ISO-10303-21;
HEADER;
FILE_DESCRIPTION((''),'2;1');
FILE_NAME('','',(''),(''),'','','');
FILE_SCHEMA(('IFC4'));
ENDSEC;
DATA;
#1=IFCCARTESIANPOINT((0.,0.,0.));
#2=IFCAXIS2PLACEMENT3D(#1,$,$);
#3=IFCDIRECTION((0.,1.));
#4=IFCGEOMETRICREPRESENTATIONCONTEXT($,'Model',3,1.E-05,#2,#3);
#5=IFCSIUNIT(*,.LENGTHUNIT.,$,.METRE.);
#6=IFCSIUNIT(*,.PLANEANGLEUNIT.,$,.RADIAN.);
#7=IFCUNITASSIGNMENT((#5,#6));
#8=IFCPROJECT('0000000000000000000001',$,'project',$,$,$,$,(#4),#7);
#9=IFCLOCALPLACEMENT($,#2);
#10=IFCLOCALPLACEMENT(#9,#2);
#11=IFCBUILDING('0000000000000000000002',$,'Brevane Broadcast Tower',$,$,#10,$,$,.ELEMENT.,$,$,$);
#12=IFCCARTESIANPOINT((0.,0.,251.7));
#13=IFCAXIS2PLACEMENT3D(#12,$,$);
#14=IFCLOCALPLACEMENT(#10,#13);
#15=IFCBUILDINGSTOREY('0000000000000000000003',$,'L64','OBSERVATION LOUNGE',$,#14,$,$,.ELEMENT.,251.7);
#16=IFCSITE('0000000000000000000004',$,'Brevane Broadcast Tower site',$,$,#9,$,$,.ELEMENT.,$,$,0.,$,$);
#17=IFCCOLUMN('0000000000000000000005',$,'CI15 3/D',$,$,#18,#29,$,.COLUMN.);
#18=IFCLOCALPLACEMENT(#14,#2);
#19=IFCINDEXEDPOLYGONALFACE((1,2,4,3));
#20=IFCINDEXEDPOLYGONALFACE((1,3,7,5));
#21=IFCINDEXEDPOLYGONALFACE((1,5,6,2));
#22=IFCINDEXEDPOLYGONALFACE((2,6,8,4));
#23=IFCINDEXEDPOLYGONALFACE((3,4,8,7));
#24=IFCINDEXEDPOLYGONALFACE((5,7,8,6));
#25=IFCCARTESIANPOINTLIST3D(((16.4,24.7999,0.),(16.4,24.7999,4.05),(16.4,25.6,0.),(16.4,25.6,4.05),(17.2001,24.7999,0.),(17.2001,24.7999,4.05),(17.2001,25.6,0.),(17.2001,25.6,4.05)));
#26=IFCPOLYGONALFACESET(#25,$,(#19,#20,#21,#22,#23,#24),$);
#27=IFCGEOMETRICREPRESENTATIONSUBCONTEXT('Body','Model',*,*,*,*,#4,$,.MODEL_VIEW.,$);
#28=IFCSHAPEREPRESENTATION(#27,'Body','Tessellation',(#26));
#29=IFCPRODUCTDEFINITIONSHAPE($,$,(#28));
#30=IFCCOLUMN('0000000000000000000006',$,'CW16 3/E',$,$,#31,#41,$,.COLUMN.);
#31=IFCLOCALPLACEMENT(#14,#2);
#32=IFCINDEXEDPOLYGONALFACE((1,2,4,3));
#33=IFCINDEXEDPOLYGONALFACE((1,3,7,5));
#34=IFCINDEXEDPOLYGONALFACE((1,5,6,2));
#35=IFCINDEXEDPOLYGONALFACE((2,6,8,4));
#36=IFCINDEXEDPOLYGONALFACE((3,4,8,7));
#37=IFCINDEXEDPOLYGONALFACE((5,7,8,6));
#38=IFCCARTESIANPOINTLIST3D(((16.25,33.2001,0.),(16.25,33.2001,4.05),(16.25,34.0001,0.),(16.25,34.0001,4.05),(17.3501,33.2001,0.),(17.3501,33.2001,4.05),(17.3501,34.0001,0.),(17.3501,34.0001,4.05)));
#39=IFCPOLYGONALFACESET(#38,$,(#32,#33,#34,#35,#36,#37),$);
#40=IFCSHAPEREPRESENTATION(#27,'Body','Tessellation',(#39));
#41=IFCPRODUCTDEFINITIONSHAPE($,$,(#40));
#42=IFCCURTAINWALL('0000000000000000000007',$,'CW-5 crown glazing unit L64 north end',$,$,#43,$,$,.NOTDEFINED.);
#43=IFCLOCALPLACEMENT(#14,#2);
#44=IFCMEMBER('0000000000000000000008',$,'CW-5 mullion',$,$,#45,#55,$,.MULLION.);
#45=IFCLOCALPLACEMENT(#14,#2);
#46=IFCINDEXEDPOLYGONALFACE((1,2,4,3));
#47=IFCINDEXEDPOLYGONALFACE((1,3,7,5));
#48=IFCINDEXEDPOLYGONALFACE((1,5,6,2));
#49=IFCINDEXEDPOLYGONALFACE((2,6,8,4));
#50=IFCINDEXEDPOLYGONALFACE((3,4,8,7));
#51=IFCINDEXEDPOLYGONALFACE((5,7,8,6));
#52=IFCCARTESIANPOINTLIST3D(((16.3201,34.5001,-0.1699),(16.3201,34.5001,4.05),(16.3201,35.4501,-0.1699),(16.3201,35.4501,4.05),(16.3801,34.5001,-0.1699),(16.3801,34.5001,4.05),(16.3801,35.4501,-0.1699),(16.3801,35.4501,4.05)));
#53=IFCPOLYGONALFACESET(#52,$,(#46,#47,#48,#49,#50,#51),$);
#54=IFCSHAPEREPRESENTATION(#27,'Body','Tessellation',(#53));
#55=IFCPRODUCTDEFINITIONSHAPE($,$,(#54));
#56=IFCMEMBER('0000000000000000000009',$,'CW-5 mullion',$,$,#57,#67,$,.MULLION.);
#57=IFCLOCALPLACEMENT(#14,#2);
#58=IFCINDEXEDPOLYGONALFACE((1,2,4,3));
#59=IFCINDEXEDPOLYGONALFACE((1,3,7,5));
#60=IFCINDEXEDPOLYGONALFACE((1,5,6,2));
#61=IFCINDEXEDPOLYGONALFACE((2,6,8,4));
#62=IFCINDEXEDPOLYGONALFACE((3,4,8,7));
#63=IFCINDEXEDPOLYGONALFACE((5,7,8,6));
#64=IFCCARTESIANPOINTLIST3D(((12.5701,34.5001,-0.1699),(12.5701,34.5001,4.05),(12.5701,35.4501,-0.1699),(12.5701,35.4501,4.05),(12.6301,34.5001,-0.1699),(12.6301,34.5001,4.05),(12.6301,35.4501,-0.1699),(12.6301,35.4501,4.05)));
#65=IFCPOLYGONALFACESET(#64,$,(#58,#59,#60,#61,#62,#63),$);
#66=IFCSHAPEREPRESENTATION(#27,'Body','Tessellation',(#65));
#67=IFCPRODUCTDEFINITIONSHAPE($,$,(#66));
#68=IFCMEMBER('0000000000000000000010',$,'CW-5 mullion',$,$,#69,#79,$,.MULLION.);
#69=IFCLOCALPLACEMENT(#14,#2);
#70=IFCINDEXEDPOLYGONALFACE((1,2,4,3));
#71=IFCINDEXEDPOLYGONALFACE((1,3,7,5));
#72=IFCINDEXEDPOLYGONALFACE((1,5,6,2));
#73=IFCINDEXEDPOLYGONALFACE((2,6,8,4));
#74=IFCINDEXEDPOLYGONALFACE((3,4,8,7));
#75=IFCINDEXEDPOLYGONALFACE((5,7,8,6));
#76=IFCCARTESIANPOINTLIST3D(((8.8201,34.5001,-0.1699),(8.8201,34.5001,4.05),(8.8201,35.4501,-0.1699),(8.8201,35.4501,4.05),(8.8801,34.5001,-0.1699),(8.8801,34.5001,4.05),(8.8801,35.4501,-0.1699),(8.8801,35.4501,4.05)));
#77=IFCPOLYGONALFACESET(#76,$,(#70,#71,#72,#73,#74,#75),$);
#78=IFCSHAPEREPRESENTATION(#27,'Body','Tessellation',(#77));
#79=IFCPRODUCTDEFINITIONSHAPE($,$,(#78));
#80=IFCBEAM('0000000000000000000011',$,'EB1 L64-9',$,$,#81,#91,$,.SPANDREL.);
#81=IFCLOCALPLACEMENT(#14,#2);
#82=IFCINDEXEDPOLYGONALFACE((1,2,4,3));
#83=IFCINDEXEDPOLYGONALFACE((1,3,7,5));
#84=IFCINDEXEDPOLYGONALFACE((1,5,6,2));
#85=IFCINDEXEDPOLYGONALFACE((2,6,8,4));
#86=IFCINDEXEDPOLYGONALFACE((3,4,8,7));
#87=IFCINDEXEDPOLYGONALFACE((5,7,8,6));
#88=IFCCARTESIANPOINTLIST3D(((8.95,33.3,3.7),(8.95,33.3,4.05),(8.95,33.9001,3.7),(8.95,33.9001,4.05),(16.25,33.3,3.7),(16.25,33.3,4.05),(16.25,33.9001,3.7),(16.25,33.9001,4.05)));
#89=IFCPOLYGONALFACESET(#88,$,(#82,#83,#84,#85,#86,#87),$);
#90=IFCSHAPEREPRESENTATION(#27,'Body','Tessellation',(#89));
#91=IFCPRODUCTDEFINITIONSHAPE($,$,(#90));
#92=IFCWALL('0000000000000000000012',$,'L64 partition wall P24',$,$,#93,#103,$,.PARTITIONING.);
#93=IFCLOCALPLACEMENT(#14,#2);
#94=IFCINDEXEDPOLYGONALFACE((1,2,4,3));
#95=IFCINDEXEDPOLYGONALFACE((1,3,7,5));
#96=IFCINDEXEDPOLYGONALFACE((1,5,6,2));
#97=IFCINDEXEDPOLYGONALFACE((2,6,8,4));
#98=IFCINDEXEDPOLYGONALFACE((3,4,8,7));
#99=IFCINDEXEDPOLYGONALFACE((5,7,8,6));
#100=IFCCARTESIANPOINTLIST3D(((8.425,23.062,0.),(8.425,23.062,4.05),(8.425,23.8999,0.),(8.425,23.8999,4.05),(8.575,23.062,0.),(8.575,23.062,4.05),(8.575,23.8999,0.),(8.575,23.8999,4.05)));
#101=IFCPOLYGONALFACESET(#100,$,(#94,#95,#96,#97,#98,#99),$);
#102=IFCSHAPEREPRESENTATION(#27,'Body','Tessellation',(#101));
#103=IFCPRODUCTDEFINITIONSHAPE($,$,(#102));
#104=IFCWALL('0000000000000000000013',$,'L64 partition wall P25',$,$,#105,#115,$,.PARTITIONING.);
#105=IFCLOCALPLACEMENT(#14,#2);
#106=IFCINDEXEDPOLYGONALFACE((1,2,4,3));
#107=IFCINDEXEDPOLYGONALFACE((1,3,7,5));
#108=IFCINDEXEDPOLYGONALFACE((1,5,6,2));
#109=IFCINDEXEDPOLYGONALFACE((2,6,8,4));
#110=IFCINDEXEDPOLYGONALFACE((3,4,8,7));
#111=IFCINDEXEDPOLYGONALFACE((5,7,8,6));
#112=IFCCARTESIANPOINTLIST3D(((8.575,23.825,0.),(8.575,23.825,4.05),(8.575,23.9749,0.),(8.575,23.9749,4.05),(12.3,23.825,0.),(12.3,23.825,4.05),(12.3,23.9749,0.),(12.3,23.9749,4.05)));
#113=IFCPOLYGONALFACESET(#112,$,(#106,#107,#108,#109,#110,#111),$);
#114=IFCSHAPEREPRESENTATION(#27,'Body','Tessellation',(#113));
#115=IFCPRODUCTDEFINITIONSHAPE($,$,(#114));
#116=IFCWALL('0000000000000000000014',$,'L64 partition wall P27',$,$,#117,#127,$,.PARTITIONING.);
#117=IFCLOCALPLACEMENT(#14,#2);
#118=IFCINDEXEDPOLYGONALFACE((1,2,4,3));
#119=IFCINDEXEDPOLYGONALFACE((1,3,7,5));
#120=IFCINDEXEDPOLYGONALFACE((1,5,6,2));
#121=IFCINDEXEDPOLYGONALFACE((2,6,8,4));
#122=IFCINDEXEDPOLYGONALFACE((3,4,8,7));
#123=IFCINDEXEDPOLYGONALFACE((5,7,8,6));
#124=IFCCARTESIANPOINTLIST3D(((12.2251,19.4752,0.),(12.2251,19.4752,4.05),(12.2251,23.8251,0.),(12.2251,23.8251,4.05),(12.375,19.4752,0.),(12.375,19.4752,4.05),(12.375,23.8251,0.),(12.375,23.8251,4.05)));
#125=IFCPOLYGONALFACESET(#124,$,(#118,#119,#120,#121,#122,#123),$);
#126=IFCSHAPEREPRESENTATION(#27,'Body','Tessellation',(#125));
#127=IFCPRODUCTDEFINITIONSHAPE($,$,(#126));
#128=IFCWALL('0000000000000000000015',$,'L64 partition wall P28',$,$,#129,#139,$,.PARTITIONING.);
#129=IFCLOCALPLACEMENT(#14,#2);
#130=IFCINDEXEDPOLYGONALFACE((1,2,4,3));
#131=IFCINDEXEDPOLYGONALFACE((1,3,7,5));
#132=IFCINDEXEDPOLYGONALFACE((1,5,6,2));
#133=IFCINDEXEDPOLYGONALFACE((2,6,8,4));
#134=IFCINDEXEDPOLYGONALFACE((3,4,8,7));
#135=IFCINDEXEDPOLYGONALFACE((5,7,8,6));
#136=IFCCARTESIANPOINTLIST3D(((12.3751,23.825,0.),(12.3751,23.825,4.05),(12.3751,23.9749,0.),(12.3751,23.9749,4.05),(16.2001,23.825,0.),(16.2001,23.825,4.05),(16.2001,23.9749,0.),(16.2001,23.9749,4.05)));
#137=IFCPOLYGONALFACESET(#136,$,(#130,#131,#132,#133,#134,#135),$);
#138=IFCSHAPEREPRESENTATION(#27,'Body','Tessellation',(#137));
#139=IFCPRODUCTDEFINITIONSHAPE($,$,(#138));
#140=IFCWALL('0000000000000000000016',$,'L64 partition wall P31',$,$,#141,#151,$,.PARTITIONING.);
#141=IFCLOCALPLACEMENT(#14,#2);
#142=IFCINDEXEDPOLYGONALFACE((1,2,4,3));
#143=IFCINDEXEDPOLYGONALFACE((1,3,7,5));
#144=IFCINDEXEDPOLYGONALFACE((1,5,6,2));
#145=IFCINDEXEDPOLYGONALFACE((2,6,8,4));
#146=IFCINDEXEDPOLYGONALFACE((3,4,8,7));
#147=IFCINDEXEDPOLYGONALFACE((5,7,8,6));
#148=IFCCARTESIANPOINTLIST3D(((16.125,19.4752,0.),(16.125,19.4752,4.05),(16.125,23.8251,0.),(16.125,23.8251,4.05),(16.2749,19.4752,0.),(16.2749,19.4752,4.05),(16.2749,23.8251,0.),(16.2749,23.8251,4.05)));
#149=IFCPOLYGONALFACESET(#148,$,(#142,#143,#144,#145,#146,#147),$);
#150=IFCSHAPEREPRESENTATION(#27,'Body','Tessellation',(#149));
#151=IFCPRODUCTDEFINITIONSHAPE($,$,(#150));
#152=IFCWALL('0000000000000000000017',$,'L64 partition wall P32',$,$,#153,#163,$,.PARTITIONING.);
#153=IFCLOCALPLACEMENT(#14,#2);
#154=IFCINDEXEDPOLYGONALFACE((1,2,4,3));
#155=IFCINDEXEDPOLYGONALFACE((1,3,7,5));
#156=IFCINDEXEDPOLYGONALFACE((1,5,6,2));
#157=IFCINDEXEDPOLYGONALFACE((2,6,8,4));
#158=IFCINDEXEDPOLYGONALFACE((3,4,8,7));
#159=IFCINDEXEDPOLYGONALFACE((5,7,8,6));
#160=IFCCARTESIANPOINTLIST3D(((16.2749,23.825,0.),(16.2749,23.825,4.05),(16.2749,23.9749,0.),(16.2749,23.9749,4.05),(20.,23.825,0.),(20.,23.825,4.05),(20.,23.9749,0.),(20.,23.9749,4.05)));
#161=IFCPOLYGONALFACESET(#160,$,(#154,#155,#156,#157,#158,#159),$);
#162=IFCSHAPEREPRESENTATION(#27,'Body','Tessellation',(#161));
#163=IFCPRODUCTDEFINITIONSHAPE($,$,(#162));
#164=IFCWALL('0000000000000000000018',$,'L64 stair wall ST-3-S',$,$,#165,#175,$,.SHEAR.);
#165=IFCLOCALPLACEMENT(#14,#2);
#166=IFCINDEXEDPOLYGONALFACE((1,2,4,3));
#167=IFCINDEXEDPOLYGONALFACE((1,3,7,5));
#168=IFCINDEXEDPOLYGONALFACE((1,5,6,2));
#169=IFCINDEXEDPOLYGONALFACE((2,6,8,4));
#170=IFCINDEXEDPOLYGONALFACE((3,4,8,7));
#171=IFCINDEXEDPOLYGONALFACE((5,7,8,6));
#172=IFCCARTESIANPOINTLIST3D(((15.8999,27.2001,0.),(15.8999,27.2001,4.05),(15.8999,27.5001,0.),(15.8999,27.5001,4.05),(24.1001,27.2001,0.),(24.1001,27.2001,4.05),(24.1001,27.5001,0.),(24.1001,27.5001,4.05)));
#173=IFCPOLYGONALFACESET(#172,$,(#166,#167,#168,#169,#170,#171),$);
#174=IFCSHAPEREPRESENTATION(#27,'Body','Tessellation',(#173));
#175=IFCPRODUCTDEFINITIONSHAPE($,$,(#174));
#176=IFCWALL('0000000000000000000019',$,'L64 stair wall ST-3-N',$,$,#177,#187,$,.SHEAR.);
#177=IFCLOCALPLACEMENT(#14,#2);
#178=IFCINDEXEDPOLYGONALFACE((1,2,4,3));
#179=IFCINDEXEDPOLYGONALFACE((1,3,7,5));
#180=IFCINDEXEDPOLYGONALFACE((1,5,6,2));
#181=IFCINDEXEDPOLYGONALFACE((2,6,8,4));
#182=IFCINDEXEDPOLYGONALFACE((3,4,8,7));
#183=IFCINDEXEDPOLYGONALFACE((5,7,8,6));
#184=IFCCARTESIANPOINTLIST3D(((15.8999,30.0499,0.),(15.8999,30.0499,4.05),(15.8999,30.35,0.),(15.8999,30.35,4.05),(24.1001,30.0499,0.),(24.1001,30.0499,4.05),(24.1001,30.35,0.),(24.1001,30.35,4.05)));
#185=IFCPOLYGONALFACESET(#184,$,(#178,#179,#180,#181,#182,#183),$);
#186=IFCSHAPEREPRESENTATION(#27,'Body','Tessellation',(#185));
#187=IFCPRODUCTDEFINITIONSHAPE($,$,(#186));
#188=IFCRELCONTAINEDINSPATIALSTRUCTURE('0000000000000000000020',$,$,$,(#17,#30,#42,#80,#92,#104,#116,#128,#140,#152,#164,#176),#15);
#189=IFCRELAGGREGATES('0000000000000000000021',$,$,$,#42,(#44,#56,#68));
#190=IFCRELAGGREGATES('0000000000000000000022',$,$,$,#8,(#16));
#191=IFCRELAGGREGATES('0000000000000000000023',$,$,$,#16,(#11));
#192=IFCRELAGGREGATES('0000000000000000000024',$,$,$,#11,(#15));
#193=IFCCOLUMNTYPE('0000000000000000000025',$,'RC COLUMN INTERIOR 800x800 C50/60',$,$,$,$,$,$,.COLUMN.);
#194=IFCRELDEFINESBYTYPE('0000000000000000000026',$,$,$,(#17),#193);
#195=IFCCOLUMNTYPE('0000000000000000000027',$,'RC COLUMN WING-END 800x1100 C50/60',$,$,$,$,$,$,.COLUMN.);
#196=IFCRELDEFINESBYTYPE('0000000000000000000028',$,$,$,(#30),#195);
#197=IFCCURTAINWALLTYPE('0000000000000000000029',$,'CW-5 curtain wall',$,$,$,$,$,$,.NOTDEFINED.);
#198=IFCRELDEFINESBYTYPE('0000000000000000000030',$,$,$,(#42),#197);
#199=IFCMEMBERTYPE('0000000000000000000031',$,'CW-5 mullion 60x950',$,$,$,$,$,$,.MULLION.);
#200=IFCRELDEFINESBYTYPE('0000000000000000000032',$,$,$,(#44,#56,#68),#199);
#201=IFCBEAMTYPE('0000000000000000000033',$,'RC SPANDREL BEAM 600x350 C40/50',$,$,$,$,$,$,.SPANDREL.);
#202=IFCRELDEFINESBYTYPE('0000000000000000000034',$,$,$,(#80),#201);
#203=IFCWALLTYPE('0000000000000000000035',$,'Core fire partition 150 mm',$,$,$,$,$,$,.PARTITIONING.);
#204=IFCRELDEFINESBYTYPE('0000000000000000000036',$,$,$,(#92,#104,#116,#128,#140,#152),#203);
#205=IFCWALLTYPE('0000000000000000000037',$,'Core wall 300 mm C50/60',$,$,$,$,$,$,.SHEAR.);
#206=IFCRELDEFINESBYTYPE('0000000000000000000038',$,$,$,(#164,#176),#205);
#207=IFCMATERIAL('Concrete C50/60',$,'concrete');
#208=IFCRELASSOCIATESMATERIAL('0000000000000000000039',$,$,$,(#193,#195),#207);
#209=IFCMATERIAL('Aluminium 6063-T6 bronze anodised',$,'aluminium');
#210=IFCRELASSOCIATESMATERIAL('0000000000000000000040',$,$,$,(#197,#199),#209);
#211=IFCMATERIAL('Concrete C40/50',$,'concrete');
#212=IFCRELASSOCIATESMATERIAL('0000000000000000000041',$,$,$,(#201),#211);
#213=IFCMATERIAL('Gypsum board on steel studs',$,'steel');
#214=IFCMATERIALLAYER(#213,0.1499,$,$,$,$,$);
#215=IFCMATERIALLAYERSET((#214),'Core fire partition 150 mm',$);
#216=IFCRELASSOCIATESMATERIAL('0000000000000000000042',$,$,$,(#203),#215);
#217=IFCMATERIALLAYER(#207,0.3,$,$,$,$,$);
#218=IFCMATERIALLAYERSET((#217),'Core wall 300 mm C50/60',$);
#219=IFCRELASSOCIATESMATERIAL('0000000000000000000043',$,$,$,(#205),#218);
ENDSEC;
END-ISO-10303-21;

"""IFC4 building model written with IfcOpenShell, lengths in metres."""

from ifc_helpers import new_model, si_unit, direction, frame, frame_2d, origin, origin_2d, place, context, subcontext, project, spatial, rectangle, extrude, material, layer, layer_set, material_profile, profile_set, type_object, element, aggregate, save


model = new_model("IFC4")

# Units and contexts
model_context = context("Model", 3, precision=1e-05, world=origin(), true_north=direction((0.0, 1.0)))
body_context = subcontext(model_context, "Body", "Model", "MODEL_VIEW")
ifc_project = project(units=[si_unit("LENGTHUNIT", "METRE"), si_unit("PLANEANGLEUNIT", "RADIAN")], contexts=[model_context])

# Site, building, storey
site_placement = place(None, origin())
site = spatial("IfcSite", under=ifc_project, at=site_placement, Name="Brevane Broadcast Tower site", CompositionType="ELEMENT", RefElevation=0.0)
building_placement = place(site_placement, origin())
building = spatial("IfcBuilding", under=site, at=building_placement, Name="Brevane Broadcast Tower", CompositionType="ELEMENT")
storey_placement = place(building_placement, frame((0.0, 0.0, 251.7)))
storey = spatial("IfcBuildingStorey", under=building, at=storey_placement, Name="L64", Description="OBSERVATION LOUNGE", CompositionType="ELEMENT", Elevation=251.7)

# Columns
ifc_material_1 = material(Name="Concrete C50/60", Category="concrete")
ifc_material_profile_1 = material_profile(ifc_material_1, rectangle(XDim=0.8, YDim=0.8, at=origin_2d()), Name="RC 800x800")
ifc_profile_set_1 = profile_set([ifc_material_profile_1], Name="Concrete C50/60")
column_type_1 = type_object("IfcColumnType", Name="RC COLUMN INTERIOR 800x800 C50/60", PredefinedType="COLUMN", material=ifc_profile_set_1)
column_1_placement = place(storey_placement, frame((16.8, 25.2, 0.0), z_axis=(0.0, 0.0, 1.0), x_axis=(1.0, 0.0, 0.0)))
element("IfcColumn", 1, at=column_1_placement, inside=storey, type_object=column_type_1, Name="CI15 3/D", PredefinedType="COLUMN", context=body_context, shape_type="SweptSolid", body=[
    extrude(rectangle(XDim=0.8, YDim=0.8, at=origin_2d()), origin(), (0.0, 0.0, 1.0), 4.05),
])
ifc_material_profile_2 = material_profile(ifc_material_1, rectangle(XDim=0.8, YDim=1.1001, at=origin_2d()), Name="RC 800x1100")
ifc_profile_set_2 = profile_set([ifc_material_profile_2], Name="Concrete C50/60")
column_type_2 = type_object("IfcColumnType", Name="RC COLUMN WING-END 800x1100 C50/60", PredefinedType="COLUMN", material=ifc_profile_set_2)
column_2_placement = place(storey_placement, frame((16.8, 33.6001, 0.0), z_axis=(0.0, 0.0, 1.0), x_axis=(0.0, 1.0, 0.0)))
element("IfcColumn", 2, at=column_2_placement, inside=storey, type_object=column_type_2, Name="CW16 3/E", PredefinedType="COLUMN", context=body_context, shape_type="SweptSolid", body=[
    extrude(rectangle(XDim=0.8, YDim=1.1001, at=origin_2d()), origin(), (0.0, 0.0, 1.0), 4.05),
])

# Curtain wall, members
ifc_material_2 = material(Name="Aluminium 6063-T6 bronze anodised", Category="aluminium")
curtain_wall_type = type_object("IfcCurtainWallType", Name="CW-5 curtain wall", PredefinedType="NOTDEFINED", material=ifc_material_2)
curtain_wall_placement = place(storey_placement, origin())
curtain_wall = element("IfcCurtainWall", 3, at=curtain_wall_placement, inside=storey, type_object=curtain_wall_type, Name="CW-5 crown glazing unit L64 north end", PredefinedType="NOTDEFINED")
ifc_material_profile_3 = material_profile(ifc_material_2, rectangle(XDim=0.95, YDim=0.0601, at=origin_2d()), Name="RECT 60x950")
ifc_profile_set_3 = profile_set([ifc_material_profile_3], Name="Aluminium 6063-T6 bronze anodised")
member_type = type_object("IfcMemberType", Name="CW-5 mullion 60x950", PredefinedType="MULLION", material=ifc_profile_set_3)
member_1_placement = place(storey_placement, frame((16.3501, 34.9751, -0.1699), z_axis=(0.0, 0.0, 1.0), x_axis=(0.0, -1.0, 0.0)))
member_1 = element("IfcMember", 4, at=member_1_placement, type_object=member_type, Name="CW-5 mullion", PredefinedType="MULLION", context=body_context, shape_type="SweptSolid", body=[
    extrude(rectangle(XDim=0.95, YDim=0.0601, at=origin_2d()), origin(), (0.0, 0.0, 1.0), 4.22),
])
member_2_placement = place(storey_placement, frame((12.6001, 34.9751, -0.1699), z_axis=(0.0, 0.0, 1.0), x_axis=(0.0, -1.0, 0.0)))
member_2 = element("IfcMember", 5, at=member_2_placement, type_object=member_type, Name="CW-5 mullion", PredefinedType="MULLION", context=body_context, shape_type="SweptSolid", body=[
    extrude(rectangle(XDim=0.95, YDim=0.0601, at=origin_2d()), origin(), (0.0, 0.0, 1.0), 4.22),
])
member_3_placement = place(storey_placement, frame((8.8501, 34.9751, -0.1699), z_axis=(0.0, 0.0, 1.0), x_axis=(0.0, -1.0, 0.0)))
member_3 = element("IfcMember", 6, at=member_3_placement, type_object=member_type, Name="CW-5 mullion", PredefinedType="MULLION", context=body_context, shape_type="SweptSolid", body=[
    extrude(rectangle(XDim=0.95, YDim=0.0601, at=origin_2d()), origin(), (0.0, 0.0, 1.0), 4.22),
])
aggregate(curtain_wall, [member_1, member_2, member_3])

# Beam
ifc_material_3 = material(Name="Concrete C40/50", Category="concrete")
ifc_material_profile_4 = material_profile(ifc_material_3, rectangle(XDim=0.6001, YDim=0.3501, at=origin_2d()), Name="RC 600x350")
ifc_profile_set_4 = profile_set([ifc_material_profile_4], Name="Concrete C40/50")
beam_type = type_object("IfcBeamType", Name="RC SPANDREL BEAM 600x350 C40/50", PredefinedType="SPANDREL", material=ifc_profile_set_4)
beam_placement = place(storey_placement, frame((16.25, 33.6001, 3.875), z_axis=(-1.0, 0.0, 0.0), x_axis=(0.0, -1.0, 0.0)))
element("IfcBeam", 7, at=beam_placement, inside=storey, type_object=beam_type, Name="EB1 L64-9", PredefinedType="SPANDREL", context=body_context, shape_type="SweptSolid", body=[
    extrude(rectangle(XDim=0.6001, YDim=0.3501, at=origin_2d()), origin(), (0.0, 0.0, 1.0), 7.3),
])

# Walls
ifc_material_4 = material(Name="Gypsum board on steel studs", Category="steel")
ifc_layer_1 = layer(ifc_material_4, 0.1499)
ifc_layer_set_1 = layer_set([ifc_layer_1], Name="Core fire partition 150 mm")
wall_type_1 = type_object("IfcWallType", Name="Core fire partition 150 mm", PredefinedType="PARTITIONING", material=ifc_layer_set_1)
wall_1_placement = place(storey_placement, frame((8.5, 23.062, 0.0), z_axis=(0.0, 0.0, 1.0), x_axis=(0.0, 1.0, 0.0)))
element("IfcWall", 8, at=wall_1_placement, inside=storey, type_object=wall_type_1, Name="L64 partition wall P24", PredefinedType="PARTITIONING", context=body_context, shape_type="SweptSolid", body=[
    extrude(rectangle(XDim=0.8379, YDim=0.1499, at=frame_2d((0.4189, 0.0))), origin(), (0.0, 0.0, 1.0), 4.05),
])
wall_2_placement = place(storey_placement, frame((8.575, 23.8999, 0.0), z_axis=(0.0, 0.0, 1.0), x_axis=(1.0, 0.0, 0.0)))
element("IfcWall", 9, at=wall_2_placement, inside=storey, type_object=wall_type_1, Name="L64 partition wall P25", PredefinedType="PARTITIONING", context=body_context, shape_type="SweptSolid", body=[
    extrude(rectangle(XDim=3.7251, YDim=0.1499, at=frame_2d((1.8625, 0.0))), origin(), (0.0, 0.0, 1.0), 4.05),
])
wall_3_placement = place(storey_placement, frame((12.3, 23.825, 0.0), z_axis=(0.0, 0.0, 1.0), x_axis=(0.0, -1.0, 0.0)))
element("IfcWall", 10, at=wall_3_placement, inside=storey, type_object=wall_type_1, Name="L64 partition wall P27", PredefinedType="PARTITIONING", context=body_context, shape_type="SweptSolid", body=[
    extrude(rectangle(XDim=4.3499, YDim=0.1499, at=frame_2d((2.1748, 0.0))), origin(), (0.0, 0.0, 1.0), 4.05),
])
wall_4_placement = place(storey_placement, frame((12.375, 23.8999, 0.0), z_axis=(0.0, 0.0, 1.0), x_axis=(1.0, 0.0, 0.0)))
element("IfcWall", 11, at=wall_4_placement, inside=storey, type_object=wall_type_1, Name="L64 partition wall P28", PredefinedType="PARTITIONING", context=body_context, shape_type="SweptSolid", body=[
    extrude(rectangle(XDim=3.825, YDim=0.1499, at=frame_2d((1.9126, 0.0))), origin(), (0.0, 0.0, 1.0), 4.05),
])
wall_5_placement = place(storey_placement, frame((16.2, 23.825, 0.0), z_axis=(0.0, 0.0, 1.0), x_axis=(0.0, -1.0, 0.0)))
element("IfcWall", 12, at=wall_5_placement, inside=storey, type_object=wall_type_1, Name="L64 partition wall P31", PredefinedType="PARTITIONING", context=body_context, shape_type="SweptSolid", body=[
    extrude(rectangle(XDim=4.3499, YDim=0.1499, at=frame_2d((2.1748, 0.0))), origin(), (0.0, 0.0, 1.0), 4.05),
])
wall_6_placement = place(storey_placement, frame((16.2749, 23.8999, 0.0), z_axis=(0.0, 0.0, 1.0), x_axis=(1.0, 0.0, 0.0)))
element("IfcWall", 13, at=wall_6_placement, inside=storey, type_object=wall_type_1, Name="L64 partition wall P32", PredefinedType="PARTITIONING", context=body_context, shape_type="SweptSolid", body=[
    extrude(rectangle(XDim=3.7251, YDim=0.1499, at=frame_2d((1.8625, 0.0))), origin(), (0.0, 0.0, 1.0), 4.05),
])
ifc_layer_2 = layer(ifc_material_1, 0.3)
ifc_layer_set_2 = layer_set([ifc_layer_2], Name="Core wall 300 mm C50/60")
wall_type_2 = type_object("IfcWallType", Name="Core wall 300 mm C50/60", PredefinedType="SHEAR", material=ifc_layer_set_2)
for number, where, z_axis, x_axis, name in (
    (14, (15.8999, 27.3501, 0.0), (0.0, 0.0, 1.0), (1.0, 0.0, 0.0), "L64 stair wall ST-3-S"),
    (15, (15.8999, 30.2, 0.0), (0.0, 0.0, 1.0), (1.0, 0.0, 0.0), "L64 stair wall ST-3-N"),
):
    element("IfcWall", number, at=place(storey_placement, frame(where, z_axis=z_axis, x_axis=x_axis)), inside=storey, type_object=wall_type_2, Name=name, PredefinedType="SHEAR", context=body_context, shape_type="SweptSolid", body=[
        extrude(rectangle(XDim=8.2002, YDim=0.3, at=frame_2d((4.1001, 0.0))), origin(), (0.0, 0.0, 1.0), 4.05),
    ])

save(model, "model.ifc")
